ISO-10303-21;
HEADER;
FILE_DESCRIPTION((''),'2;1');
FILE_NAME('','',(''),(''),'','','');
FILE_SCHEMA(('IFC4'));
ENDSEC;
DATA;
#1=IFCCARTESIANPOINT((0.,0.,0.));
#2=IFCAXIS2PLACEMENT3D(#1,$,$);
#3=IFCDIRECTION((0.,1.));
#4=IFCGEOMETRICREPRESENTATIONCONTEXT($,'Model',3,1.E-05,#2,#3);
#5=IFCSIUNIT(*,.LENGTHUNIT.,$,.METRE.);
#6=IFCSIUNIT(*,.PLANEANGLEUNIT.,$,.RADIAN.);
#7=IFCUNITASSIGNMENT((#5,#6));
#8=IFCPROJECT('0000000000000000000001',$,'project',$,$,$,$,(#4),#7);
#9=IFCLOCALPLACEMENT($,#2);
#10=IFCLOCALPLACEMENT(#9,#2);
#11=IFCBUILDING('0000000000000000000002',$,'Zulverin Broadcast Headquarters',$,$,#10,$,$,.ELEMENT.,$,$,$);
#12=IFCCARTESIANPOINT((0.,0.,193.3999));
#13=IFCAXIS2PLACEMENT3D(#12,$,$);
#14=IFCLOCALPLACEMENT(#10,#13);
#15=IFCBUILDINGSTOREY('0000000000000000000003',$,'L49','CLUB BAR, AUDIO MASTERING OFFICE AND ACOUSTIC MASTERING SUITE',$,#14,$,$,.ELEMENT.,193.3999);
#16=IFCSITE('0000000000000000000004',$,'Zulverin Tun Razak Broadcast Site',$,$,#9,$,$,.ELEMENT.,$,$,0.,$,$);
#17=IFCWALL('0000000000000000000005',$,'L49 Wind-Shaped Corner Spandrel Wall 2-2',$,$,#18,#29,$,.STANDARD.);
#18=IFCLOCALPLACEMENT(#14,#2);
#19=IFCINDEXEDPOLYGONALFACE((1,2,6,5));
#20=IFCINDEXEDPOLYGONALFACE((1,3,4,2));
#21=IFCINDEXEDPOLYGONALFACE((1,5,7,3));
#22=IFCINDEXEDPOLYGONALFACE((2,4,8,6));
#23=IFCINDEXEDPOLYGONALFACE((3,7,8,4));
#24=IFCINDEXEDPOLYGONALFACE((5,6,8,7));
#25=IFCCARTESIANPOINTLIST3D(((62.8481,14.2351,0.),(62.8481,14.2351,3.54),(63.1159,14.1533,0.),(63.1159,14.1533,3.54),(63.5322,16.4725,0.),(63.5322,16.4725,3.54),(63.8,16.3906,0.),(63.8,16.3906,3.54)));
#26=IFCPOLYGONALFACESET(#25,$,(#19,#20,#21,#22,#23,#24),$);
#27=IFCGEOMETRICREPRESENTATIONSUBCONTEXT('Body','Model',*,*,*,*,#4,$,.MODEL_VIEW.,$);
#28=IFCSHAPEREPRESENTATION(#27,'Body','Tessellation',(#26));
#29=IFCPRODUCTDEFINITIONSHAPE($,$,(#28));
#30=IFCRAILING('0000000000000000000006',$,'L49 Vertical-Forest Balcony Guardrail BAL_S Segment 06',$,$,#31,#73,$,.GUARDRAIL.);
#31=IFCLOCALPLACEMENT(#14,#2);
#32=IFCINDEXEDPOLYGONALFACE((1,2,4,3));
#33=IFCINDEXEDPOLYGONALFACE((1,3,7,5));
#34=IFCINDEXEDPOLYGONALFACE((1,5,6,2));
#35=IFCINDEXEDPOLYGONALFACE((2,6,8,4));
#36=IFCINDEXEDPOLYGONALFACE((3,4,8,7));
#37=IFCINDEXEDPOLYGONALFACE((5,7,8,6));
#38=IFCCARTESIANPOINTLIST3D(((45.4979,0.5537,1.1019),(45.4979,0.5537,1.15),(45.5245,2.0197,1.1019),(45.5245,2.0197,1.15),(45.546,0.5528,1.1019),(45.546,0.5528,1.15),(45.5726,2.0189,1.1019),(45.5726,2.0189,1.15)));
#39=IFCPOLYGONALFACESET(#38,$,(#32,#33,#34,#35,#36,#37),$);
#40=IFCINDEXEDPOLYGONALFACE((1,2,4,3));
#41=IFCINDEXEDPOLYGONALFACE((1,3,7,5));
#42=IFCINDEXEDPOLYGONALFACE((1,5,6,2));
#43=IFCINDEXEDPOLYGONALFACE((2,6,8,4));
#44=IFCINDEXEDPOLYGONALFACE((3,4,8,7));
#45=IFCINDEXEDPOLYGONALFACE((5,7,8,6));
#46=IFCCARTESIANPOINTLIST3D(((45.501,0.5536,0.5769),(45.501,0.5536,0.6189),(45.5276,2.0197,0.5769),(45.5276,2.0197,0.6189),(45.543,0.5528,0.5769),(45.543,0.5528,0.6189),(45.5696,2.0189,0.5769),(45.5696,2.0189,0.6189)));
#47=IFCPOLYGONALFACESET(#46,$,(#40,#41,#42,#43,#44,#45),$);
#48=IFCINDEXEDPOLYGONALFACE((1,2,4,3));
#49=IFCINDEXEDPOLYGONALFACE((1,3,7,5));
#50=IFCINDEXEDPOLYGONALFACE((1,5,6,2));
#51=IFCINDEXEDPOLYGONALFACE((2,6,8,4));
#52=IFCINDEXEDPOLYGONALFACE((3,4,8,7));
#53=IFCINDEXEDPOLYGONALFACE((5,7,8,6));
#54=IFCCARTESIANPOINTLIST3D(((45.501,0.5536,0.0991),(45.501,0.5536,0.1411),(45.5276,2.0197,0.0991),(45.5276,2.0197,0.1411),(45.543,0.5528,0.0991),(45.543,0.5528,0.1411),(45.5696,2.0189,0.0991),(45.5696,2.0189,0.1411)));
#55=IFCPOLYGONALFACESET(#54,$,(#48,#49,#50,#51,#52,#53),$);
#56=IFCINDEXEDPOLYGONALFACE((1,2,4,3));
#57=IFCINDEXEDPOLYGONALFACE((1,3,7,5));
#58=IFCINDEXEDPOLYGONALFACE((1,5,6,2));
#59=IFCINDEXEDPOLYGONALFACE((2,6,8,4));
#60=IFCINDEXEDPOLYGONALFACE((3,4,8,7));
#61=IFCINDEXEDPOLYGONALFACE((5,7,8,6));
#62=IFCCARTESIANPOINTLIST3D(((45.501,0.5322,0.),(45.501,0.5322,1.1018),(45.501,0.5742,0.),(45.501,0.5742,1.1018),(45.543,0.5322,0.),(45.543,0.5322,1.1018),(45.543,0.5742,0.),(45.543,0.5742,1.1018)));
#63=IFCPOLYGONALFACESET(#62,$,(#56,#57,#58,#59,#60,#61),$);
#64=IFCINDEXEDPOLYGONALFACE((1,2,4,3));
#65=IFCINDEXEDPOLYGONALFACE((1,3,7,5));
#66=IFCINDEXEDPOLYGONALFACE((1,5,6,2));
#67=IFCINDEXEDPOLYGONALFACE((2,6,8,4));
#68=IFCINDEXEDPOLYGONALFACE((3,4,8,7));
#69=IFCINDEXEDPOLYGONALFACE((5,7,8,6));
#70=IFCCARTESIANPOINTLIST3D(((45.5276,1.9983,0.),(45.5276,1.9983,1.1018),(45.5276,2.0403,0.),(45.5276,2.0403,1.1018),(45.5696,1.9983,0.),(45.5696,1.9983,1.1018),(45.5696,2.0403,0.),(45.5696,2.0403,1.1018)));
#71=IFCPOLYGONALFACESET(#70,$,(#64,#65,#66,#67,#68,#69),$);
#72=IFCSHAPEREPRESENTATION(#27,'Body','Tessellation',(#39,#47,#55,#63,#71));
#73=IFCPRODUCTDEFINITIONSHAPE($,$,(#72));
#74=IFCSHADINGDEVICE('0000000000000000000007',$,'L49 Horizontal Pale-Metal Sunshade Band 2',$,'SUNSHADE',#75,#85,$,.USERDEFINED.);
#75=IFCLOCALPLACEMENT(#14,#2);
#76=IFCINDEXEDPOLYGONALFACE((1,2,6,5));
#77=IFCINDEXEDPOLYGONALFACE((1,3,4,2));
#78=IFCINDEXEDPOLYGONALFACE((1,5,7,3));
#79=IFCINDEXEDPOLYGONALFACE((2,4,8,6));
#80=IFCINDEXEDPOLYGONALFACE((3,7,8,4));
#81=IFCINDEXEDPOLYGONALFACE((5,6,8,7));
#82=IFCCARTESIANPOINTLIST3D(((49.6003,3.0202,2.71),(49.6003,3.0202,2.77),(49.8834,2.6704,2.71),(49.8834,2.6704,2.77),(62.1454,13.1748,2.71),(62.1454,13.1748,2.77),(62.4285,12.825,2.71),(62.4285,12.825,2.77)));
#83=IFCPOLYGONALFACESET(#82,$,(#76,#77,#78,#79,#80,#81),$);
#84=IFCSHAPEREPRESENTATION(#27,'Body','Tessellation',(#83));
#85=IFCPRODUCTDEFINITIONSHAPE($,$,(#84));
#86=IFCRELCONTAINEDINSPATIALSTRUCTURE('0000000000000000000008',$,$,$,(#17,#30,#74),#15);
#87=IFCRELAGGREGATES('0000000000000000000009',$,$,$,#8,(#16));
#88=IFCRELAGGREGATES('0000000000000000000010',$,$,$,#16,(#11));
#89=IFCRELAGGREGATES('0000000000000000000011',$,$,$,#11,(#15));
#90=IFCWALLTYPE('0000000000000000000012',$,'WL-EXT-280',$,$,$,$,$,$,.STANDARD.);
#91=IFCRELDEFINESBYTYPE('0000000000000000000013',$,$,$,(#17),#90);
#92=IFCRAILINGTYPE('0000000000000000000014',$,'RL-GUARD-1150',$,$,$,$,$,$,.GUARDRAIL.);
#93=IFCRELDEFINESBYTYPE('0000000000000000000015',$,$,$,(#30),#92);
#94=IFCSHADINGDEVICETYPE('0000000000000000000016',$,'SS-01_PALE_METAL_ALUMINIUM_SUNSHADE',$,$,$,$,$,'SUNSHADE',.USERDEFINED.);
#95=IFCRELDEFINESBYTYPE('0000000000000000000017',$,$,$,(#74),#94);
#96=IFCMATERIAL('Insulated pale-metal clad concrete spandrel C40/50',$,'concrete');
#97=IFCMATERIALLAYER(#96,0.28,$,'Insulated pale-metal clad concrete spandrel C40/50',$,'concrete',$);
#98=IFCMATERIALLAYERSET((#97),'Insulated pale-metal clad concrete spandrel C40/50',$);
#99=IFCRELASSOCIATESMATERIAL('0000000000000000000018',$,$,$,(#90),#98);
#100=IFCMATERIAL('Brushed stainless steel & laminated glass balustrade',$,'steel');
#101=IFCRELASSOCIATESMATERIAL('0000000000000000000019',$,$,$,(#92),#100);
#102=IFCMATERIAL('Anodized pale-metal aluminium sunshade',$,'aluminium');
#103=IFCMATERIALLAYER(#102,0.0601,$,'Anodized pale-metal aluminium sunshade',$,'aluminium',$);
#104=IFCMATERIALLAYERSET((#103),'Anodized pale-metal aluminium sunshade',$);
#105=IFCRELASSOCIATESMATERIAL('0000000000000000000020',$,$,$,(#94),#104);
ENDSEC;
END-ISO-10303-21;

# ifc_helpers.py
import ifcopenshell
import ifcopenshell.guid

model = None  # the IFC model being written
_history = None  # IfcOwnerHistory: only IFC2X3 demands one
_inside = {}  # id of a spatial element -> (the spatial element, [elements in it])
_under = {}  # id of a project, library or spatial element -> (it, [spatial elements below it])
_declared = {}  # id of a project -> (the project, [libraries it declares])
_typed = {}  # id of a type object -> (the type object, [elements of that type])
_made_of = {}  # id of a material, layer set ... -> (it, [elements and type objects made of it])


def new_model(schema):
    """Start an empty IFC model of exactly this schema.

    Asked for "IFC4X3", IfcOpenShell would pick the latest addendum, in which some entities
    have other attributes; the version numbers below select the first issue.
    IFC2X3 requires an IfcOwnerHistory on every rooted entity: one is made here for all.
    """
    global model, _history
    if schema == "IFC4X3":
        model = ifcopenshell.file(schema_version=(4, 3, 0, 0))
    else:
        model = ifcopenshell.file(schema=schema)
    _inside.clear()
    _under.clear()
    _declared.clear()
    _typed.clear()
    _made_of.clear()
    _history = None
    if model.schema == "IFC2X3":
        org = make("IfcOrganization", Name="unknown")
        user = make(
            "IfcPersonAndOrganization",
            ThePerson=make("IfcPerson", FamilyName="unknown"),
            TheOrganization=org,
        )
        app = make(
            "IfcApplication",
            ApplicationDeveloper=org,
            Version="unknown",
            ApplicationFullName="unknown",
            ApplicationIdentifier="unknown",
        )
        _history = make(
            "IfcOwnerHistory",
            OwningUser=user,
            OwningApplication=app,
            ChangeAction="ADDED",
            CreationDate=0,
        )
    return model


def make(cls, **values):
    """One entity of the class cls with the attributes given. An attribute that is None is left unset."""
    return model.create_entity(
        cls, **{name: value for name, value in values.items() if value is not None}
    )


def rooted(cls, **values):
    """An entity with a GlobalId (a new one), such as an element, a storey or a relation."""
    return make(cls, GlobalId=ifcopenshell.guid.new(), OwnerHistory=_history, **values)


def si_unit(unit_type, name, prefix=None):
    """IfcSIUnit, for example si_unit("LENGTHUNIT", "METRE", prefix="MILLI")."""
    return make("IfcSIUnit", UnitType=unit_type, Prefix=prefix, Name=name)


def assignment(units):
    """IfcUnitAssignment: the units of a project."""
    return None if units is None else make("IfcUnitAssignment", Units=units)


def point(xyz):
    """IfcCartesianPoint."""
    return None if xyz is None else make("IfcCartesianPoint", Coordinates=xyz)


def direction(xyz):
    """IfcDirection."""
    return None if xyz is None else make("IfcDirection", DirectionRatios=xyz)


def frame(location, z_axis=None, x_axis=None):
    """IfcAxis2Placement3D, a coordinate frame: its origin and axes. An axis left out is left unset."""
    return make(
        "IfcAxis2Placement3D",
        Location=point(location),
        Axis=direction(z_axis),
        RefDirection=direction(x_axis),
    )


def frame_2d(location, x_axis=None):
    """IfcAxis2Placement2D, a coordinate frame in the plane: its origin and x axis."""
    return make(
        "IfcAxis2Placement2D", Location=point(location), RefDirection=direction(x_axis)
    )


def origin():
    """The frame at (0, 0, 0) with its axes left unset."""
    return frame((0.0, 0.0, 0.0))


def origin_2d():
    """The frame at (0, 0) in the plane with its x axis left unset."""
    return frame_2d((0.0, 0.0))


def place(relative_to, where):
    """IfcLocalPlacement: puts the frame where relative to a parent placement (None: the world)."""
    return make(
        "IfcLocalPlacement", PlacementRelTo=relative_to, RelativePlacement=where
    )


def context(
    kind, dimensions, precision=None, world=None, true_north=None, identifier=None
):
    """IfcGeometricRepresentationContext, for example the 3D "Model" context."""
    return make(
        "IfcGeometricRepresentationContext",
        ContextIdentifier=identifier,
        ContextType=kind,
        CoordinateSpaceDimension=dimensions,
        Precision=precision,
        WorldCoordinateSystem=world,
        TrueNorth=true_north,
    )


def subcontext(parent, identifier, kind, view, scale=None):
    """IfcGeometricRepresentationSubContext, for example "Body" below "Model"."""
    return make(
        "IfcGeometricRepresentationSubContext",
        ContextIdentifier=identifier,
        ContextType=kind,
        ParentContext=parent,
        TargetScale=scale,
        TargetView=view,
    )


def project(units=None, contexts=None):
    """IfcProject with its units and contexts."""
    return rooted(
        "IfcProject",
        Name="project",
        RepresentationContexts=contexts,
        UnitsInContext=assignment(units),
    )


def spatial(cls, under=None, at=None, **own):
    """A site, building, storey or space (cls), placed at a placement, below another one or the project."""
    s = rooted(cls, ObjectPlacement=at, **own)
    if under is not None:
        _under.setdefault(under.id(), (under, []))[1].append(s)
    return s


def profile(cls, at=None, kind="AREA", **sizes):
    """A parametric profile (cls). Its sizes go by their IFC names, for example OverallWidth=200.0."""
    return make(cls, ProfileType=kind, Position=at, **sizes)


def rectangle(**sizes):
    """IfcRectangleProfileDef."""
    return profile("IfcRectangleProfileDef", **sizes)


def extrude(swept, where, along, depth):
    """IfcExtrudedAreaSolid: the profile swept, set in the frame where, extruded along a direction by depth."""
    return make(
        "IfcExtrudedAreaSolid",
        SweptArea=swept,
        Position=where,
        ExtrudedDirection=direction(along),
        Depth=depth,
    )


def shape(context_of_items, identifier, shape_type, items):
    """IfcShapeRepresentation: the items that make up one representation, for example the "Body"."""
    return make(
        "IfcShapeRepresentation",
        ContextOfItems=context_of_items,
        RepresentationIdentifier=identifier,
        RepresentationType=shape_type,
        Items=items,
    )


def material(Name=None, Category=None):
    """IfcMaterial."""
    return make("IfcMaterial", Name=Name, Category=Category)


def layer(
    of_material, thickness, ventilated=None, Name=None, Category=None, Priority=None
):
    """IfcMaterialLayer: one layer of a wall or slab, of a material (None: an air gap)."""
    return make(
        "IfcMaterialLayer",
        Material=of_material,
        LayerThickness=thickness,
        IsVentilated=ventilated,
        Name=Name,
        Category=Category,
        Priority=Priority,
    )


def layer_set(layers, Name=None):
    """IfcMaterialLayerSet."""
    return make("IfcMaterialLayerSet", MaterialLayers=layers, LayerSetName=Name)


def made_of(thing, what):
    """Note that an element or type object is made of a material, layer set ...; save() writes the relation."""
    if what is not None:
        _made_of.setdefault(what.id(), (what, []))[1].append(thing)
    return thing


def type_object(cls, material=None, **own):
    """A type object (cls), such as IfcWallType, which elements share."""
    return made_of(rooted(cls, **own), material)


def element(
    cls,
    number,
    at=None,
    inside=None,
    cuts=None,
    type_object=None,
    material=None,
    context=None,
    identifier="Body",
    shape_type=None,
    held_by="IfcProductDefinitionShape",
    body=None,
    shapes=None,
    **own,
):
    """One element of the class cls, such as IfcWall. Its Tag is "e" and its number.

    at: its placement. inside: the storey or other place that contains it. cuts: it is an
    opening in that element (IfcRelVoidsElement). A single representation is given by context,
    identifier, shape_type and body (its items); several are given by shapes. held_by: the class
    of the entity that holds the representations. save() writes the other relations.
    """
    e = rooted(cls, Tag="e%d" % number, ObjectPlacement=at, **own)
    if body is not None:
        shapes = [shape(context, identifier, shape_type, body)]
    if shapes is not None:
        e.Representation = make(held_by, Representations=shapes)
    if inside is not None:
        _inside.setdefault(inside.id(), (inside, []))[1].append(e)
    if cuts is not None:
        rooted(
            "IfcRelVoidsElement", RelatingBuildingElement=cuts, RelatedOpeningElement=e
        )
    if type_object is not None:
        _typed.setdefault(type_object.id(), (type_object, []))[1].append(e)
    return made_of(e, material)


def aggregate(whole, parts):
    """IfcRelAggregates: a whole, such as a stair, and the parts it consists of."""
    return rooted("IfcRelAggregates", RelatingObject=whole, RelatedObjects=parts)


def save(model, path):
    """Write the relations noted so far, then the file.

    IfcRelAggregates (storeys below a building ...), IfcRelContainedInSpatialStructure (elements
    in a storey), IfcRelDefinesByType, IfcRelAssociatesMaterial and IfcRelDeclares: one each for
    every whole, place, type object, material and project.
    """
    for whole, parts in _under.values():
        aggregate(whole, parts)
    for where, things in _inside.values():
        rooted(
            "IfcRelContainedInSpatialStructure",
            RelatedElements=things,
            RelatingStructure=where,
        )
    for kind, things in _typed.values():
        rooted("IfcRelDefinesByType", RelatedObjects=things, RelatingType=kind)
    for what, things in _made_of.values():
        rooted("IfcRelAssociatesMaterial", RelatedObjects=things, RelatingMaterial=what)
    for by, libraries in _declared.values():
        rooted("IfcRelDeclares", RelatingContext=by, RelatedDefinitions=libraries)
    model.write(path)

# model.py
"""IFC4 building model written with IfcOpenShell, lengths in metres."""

from ifc_helpers import new_model, si_unit, direction, frame, frame_2d, origin, origin_2d, place, context, subcontext, project, spatial, rectangle, extrude, material, layer, layer_set, type_object, element, save


model = new_model("IFC4")

# Units and contexts
model_context = context("Model", 3, precision=1e-05, world=origin(), true_north=direction((0.0, 1.0)))
body_context = subcontext(model_context, "Body", "Model", "MODEL_VIEW")
ifc_project = project(units=[si_unit("LENGTHUNIT", "METRE"), si_unit("PLANEANGLEUNIT", "RADIAN")], contexts=[model_context])

# Site, building, storey
site_placement = place(None, origin())
site = spatial("IfcSite", under=ifc_project, at=site_placement, Name="Zulverin Tun Razak Broadcast Site", CompositionType="ELEMENT", RefElevation=0.0)
building_placement = place(site_placement, origin())
building = spatial("IfcBuilding", under=site, at=building_placement, Name="Zulverin Broadcast Headquarters", CompositionType="ELEMENT")
storey_placement = place(building_placement, frame((0.0, 0.0, 193.3999)))
storey = spatial("IfcBuildingStorey", under=building, at=storey_placement, Name="L49", Description="CLUB BAR, AUDIO MASTERING OFFICE AND ACOUSTIC MASTERING SUITE", CompositionType="ELEMENT", Elevation=193.3999)

# Shared definitions
ifc_material_1 = material(Name="Insulated pale-metal clad concrete spandrel C40/50", Category="concrete")
ifc_layer_1 = layer(ifc_material_1, 0.28, Name="Insulated pale-metal clad concrete spandrel C40/50", Category="concrete")
ifc_layer_set_1 = layer_set([ifc_layer_1], Name="Insulated pale-metal clad concrete spandrel C40/50")
wall_type = type_object("IfcWallType", Name="WL-EXT-280", PredefinedType="STANDARD", material=ifc_layer_set_1)

# Wall
wall_1_placement = place(storey_placement, frame((62.9819, 14.1941, 0.0), z_axis=(0.0, 0.0, 1.0), x_axis=(0.292399, 0.956296, 0.0)))
element("IfcWall", 1, at=wall_1_placement, inside=storey, type_object=wall_type, Name="L49 Wind-Shaped Corner Spandrel Wall 2-2", PredefinedType="STANDARD", context=body_context, shape_type="SweptSolid", body=[
    extrude(rectangle(XDim=2.3396, YDim=0.28, at=frame_2d((1.1699, 0.0))), origin(), (0.0, 0.0, 1.0), 3.54),
])

# Railing
ifc_material_2 = material(Name="Brushed stainless steel & laminated glass balustrade", Category="steel")
railing_type = type_object("IfcRailingType", Name="RL-GUARD-1150", PredefinedType="GUARDRAIL", material=ifc_material_2)
railing_placement = place(storey_placement, frame((45.522, 0.5532, 0.0)))
element("IfcRailing", 2, at=railing_placement, inside=storey, type_object=railing_type, Name="L49 Vertical-Forest Balcony Guardrail BAL_S Segment 06", PredefinedType="GUARDRAIL", context=body_context, shape_type="SweptSolid", body=[
    extrude(rectangle(XDim=0.0481, YDim=0.0481, at=origin_2d()), frame((0.0, 0.0, 1.126), z_axis=(0.018149, 0.999835, 0.0), x_axis=(-0.999835, 0.018149, 0.0)), (0.0, 0.0, 1.0), 1.4663),
    extrude(rectangle(XDim=0.042, YDim=0.042, at=origin_2d()), frame((0.0, 0.0, 0.5979), z_axis=(0.018149, 0.999835, 0.0), x_axis=(-0.999835, 0.018149, 0.0)), (0.0, 0.0, 1.0), 1.4663),
    extrude(rectangle(XDim=0.042, YDim=0.042, at=origin_2d()), frame((0.0, 0.0, 0.1201), z_axis=(0.018149, 0.999835, 0.0), x_axis=(-0.999835, 0.018149, 0.0)), (0.0, 0.0, 1.0), 1.4663),
    extrude(rectangle(XDim=0.042, YDim=0.042, at=origin_2d()), origin(), (0.0, 0.0, 1.0), 1.1018),
    extrude(rectangle(XDim=0.042, YDim=0.042, at=origin_2d()), frame((0.0266, 1.4661, 0.0)), (0.0, 0.0, 1.0), 1.1018),
])

# Shading device
ifc_material_3 = material(Name="Anodized pale-metal aluminium sunshade", Category="aluminium")
ifc_layer_2 = layer(ifc_material_3, 0.0601, Name="Anodized pale-metal aluminium sunshade", Category="aluminium")
ifc_layer_set_2 = layer_set([ifc_layer_2], Name="Anodized pale-metal aluminium sunshade")
shading_device_type = type_object("IfcShadingDeviceType", Name="SS-01_PALE_METAL_ALUMINIUM_SUNSHADE", ElementType="SUNSHADE", PredefinedType="USERDEFINED", material=ifc_layer_set_2)
shading_device_placement = place(storey_placement, frame((56.0144, 7.9226, 2.71), z_axis=(0.0, 0.0, 1.0), x_axis=(0.777274, 0.629162, 0.0)))
element("IfcShadingDevice", 3, at=shading_device_placement, inside=storey, type_object=shading_device_type, Name="L49 Horizontal Pale-Metal Sunshade Band 2", ObjectType="SUNSHADE", PredefinedType="USERDEFINED", context=body_context, shape_type="SweptSolid", body=[
    extrude(rectangle(XDim=16.1399, YDim=0.45, at=origin_2d()), origin(), (0.0, 0.0, 1.0), 0.0601),
])

save(model, "model.ifc")
